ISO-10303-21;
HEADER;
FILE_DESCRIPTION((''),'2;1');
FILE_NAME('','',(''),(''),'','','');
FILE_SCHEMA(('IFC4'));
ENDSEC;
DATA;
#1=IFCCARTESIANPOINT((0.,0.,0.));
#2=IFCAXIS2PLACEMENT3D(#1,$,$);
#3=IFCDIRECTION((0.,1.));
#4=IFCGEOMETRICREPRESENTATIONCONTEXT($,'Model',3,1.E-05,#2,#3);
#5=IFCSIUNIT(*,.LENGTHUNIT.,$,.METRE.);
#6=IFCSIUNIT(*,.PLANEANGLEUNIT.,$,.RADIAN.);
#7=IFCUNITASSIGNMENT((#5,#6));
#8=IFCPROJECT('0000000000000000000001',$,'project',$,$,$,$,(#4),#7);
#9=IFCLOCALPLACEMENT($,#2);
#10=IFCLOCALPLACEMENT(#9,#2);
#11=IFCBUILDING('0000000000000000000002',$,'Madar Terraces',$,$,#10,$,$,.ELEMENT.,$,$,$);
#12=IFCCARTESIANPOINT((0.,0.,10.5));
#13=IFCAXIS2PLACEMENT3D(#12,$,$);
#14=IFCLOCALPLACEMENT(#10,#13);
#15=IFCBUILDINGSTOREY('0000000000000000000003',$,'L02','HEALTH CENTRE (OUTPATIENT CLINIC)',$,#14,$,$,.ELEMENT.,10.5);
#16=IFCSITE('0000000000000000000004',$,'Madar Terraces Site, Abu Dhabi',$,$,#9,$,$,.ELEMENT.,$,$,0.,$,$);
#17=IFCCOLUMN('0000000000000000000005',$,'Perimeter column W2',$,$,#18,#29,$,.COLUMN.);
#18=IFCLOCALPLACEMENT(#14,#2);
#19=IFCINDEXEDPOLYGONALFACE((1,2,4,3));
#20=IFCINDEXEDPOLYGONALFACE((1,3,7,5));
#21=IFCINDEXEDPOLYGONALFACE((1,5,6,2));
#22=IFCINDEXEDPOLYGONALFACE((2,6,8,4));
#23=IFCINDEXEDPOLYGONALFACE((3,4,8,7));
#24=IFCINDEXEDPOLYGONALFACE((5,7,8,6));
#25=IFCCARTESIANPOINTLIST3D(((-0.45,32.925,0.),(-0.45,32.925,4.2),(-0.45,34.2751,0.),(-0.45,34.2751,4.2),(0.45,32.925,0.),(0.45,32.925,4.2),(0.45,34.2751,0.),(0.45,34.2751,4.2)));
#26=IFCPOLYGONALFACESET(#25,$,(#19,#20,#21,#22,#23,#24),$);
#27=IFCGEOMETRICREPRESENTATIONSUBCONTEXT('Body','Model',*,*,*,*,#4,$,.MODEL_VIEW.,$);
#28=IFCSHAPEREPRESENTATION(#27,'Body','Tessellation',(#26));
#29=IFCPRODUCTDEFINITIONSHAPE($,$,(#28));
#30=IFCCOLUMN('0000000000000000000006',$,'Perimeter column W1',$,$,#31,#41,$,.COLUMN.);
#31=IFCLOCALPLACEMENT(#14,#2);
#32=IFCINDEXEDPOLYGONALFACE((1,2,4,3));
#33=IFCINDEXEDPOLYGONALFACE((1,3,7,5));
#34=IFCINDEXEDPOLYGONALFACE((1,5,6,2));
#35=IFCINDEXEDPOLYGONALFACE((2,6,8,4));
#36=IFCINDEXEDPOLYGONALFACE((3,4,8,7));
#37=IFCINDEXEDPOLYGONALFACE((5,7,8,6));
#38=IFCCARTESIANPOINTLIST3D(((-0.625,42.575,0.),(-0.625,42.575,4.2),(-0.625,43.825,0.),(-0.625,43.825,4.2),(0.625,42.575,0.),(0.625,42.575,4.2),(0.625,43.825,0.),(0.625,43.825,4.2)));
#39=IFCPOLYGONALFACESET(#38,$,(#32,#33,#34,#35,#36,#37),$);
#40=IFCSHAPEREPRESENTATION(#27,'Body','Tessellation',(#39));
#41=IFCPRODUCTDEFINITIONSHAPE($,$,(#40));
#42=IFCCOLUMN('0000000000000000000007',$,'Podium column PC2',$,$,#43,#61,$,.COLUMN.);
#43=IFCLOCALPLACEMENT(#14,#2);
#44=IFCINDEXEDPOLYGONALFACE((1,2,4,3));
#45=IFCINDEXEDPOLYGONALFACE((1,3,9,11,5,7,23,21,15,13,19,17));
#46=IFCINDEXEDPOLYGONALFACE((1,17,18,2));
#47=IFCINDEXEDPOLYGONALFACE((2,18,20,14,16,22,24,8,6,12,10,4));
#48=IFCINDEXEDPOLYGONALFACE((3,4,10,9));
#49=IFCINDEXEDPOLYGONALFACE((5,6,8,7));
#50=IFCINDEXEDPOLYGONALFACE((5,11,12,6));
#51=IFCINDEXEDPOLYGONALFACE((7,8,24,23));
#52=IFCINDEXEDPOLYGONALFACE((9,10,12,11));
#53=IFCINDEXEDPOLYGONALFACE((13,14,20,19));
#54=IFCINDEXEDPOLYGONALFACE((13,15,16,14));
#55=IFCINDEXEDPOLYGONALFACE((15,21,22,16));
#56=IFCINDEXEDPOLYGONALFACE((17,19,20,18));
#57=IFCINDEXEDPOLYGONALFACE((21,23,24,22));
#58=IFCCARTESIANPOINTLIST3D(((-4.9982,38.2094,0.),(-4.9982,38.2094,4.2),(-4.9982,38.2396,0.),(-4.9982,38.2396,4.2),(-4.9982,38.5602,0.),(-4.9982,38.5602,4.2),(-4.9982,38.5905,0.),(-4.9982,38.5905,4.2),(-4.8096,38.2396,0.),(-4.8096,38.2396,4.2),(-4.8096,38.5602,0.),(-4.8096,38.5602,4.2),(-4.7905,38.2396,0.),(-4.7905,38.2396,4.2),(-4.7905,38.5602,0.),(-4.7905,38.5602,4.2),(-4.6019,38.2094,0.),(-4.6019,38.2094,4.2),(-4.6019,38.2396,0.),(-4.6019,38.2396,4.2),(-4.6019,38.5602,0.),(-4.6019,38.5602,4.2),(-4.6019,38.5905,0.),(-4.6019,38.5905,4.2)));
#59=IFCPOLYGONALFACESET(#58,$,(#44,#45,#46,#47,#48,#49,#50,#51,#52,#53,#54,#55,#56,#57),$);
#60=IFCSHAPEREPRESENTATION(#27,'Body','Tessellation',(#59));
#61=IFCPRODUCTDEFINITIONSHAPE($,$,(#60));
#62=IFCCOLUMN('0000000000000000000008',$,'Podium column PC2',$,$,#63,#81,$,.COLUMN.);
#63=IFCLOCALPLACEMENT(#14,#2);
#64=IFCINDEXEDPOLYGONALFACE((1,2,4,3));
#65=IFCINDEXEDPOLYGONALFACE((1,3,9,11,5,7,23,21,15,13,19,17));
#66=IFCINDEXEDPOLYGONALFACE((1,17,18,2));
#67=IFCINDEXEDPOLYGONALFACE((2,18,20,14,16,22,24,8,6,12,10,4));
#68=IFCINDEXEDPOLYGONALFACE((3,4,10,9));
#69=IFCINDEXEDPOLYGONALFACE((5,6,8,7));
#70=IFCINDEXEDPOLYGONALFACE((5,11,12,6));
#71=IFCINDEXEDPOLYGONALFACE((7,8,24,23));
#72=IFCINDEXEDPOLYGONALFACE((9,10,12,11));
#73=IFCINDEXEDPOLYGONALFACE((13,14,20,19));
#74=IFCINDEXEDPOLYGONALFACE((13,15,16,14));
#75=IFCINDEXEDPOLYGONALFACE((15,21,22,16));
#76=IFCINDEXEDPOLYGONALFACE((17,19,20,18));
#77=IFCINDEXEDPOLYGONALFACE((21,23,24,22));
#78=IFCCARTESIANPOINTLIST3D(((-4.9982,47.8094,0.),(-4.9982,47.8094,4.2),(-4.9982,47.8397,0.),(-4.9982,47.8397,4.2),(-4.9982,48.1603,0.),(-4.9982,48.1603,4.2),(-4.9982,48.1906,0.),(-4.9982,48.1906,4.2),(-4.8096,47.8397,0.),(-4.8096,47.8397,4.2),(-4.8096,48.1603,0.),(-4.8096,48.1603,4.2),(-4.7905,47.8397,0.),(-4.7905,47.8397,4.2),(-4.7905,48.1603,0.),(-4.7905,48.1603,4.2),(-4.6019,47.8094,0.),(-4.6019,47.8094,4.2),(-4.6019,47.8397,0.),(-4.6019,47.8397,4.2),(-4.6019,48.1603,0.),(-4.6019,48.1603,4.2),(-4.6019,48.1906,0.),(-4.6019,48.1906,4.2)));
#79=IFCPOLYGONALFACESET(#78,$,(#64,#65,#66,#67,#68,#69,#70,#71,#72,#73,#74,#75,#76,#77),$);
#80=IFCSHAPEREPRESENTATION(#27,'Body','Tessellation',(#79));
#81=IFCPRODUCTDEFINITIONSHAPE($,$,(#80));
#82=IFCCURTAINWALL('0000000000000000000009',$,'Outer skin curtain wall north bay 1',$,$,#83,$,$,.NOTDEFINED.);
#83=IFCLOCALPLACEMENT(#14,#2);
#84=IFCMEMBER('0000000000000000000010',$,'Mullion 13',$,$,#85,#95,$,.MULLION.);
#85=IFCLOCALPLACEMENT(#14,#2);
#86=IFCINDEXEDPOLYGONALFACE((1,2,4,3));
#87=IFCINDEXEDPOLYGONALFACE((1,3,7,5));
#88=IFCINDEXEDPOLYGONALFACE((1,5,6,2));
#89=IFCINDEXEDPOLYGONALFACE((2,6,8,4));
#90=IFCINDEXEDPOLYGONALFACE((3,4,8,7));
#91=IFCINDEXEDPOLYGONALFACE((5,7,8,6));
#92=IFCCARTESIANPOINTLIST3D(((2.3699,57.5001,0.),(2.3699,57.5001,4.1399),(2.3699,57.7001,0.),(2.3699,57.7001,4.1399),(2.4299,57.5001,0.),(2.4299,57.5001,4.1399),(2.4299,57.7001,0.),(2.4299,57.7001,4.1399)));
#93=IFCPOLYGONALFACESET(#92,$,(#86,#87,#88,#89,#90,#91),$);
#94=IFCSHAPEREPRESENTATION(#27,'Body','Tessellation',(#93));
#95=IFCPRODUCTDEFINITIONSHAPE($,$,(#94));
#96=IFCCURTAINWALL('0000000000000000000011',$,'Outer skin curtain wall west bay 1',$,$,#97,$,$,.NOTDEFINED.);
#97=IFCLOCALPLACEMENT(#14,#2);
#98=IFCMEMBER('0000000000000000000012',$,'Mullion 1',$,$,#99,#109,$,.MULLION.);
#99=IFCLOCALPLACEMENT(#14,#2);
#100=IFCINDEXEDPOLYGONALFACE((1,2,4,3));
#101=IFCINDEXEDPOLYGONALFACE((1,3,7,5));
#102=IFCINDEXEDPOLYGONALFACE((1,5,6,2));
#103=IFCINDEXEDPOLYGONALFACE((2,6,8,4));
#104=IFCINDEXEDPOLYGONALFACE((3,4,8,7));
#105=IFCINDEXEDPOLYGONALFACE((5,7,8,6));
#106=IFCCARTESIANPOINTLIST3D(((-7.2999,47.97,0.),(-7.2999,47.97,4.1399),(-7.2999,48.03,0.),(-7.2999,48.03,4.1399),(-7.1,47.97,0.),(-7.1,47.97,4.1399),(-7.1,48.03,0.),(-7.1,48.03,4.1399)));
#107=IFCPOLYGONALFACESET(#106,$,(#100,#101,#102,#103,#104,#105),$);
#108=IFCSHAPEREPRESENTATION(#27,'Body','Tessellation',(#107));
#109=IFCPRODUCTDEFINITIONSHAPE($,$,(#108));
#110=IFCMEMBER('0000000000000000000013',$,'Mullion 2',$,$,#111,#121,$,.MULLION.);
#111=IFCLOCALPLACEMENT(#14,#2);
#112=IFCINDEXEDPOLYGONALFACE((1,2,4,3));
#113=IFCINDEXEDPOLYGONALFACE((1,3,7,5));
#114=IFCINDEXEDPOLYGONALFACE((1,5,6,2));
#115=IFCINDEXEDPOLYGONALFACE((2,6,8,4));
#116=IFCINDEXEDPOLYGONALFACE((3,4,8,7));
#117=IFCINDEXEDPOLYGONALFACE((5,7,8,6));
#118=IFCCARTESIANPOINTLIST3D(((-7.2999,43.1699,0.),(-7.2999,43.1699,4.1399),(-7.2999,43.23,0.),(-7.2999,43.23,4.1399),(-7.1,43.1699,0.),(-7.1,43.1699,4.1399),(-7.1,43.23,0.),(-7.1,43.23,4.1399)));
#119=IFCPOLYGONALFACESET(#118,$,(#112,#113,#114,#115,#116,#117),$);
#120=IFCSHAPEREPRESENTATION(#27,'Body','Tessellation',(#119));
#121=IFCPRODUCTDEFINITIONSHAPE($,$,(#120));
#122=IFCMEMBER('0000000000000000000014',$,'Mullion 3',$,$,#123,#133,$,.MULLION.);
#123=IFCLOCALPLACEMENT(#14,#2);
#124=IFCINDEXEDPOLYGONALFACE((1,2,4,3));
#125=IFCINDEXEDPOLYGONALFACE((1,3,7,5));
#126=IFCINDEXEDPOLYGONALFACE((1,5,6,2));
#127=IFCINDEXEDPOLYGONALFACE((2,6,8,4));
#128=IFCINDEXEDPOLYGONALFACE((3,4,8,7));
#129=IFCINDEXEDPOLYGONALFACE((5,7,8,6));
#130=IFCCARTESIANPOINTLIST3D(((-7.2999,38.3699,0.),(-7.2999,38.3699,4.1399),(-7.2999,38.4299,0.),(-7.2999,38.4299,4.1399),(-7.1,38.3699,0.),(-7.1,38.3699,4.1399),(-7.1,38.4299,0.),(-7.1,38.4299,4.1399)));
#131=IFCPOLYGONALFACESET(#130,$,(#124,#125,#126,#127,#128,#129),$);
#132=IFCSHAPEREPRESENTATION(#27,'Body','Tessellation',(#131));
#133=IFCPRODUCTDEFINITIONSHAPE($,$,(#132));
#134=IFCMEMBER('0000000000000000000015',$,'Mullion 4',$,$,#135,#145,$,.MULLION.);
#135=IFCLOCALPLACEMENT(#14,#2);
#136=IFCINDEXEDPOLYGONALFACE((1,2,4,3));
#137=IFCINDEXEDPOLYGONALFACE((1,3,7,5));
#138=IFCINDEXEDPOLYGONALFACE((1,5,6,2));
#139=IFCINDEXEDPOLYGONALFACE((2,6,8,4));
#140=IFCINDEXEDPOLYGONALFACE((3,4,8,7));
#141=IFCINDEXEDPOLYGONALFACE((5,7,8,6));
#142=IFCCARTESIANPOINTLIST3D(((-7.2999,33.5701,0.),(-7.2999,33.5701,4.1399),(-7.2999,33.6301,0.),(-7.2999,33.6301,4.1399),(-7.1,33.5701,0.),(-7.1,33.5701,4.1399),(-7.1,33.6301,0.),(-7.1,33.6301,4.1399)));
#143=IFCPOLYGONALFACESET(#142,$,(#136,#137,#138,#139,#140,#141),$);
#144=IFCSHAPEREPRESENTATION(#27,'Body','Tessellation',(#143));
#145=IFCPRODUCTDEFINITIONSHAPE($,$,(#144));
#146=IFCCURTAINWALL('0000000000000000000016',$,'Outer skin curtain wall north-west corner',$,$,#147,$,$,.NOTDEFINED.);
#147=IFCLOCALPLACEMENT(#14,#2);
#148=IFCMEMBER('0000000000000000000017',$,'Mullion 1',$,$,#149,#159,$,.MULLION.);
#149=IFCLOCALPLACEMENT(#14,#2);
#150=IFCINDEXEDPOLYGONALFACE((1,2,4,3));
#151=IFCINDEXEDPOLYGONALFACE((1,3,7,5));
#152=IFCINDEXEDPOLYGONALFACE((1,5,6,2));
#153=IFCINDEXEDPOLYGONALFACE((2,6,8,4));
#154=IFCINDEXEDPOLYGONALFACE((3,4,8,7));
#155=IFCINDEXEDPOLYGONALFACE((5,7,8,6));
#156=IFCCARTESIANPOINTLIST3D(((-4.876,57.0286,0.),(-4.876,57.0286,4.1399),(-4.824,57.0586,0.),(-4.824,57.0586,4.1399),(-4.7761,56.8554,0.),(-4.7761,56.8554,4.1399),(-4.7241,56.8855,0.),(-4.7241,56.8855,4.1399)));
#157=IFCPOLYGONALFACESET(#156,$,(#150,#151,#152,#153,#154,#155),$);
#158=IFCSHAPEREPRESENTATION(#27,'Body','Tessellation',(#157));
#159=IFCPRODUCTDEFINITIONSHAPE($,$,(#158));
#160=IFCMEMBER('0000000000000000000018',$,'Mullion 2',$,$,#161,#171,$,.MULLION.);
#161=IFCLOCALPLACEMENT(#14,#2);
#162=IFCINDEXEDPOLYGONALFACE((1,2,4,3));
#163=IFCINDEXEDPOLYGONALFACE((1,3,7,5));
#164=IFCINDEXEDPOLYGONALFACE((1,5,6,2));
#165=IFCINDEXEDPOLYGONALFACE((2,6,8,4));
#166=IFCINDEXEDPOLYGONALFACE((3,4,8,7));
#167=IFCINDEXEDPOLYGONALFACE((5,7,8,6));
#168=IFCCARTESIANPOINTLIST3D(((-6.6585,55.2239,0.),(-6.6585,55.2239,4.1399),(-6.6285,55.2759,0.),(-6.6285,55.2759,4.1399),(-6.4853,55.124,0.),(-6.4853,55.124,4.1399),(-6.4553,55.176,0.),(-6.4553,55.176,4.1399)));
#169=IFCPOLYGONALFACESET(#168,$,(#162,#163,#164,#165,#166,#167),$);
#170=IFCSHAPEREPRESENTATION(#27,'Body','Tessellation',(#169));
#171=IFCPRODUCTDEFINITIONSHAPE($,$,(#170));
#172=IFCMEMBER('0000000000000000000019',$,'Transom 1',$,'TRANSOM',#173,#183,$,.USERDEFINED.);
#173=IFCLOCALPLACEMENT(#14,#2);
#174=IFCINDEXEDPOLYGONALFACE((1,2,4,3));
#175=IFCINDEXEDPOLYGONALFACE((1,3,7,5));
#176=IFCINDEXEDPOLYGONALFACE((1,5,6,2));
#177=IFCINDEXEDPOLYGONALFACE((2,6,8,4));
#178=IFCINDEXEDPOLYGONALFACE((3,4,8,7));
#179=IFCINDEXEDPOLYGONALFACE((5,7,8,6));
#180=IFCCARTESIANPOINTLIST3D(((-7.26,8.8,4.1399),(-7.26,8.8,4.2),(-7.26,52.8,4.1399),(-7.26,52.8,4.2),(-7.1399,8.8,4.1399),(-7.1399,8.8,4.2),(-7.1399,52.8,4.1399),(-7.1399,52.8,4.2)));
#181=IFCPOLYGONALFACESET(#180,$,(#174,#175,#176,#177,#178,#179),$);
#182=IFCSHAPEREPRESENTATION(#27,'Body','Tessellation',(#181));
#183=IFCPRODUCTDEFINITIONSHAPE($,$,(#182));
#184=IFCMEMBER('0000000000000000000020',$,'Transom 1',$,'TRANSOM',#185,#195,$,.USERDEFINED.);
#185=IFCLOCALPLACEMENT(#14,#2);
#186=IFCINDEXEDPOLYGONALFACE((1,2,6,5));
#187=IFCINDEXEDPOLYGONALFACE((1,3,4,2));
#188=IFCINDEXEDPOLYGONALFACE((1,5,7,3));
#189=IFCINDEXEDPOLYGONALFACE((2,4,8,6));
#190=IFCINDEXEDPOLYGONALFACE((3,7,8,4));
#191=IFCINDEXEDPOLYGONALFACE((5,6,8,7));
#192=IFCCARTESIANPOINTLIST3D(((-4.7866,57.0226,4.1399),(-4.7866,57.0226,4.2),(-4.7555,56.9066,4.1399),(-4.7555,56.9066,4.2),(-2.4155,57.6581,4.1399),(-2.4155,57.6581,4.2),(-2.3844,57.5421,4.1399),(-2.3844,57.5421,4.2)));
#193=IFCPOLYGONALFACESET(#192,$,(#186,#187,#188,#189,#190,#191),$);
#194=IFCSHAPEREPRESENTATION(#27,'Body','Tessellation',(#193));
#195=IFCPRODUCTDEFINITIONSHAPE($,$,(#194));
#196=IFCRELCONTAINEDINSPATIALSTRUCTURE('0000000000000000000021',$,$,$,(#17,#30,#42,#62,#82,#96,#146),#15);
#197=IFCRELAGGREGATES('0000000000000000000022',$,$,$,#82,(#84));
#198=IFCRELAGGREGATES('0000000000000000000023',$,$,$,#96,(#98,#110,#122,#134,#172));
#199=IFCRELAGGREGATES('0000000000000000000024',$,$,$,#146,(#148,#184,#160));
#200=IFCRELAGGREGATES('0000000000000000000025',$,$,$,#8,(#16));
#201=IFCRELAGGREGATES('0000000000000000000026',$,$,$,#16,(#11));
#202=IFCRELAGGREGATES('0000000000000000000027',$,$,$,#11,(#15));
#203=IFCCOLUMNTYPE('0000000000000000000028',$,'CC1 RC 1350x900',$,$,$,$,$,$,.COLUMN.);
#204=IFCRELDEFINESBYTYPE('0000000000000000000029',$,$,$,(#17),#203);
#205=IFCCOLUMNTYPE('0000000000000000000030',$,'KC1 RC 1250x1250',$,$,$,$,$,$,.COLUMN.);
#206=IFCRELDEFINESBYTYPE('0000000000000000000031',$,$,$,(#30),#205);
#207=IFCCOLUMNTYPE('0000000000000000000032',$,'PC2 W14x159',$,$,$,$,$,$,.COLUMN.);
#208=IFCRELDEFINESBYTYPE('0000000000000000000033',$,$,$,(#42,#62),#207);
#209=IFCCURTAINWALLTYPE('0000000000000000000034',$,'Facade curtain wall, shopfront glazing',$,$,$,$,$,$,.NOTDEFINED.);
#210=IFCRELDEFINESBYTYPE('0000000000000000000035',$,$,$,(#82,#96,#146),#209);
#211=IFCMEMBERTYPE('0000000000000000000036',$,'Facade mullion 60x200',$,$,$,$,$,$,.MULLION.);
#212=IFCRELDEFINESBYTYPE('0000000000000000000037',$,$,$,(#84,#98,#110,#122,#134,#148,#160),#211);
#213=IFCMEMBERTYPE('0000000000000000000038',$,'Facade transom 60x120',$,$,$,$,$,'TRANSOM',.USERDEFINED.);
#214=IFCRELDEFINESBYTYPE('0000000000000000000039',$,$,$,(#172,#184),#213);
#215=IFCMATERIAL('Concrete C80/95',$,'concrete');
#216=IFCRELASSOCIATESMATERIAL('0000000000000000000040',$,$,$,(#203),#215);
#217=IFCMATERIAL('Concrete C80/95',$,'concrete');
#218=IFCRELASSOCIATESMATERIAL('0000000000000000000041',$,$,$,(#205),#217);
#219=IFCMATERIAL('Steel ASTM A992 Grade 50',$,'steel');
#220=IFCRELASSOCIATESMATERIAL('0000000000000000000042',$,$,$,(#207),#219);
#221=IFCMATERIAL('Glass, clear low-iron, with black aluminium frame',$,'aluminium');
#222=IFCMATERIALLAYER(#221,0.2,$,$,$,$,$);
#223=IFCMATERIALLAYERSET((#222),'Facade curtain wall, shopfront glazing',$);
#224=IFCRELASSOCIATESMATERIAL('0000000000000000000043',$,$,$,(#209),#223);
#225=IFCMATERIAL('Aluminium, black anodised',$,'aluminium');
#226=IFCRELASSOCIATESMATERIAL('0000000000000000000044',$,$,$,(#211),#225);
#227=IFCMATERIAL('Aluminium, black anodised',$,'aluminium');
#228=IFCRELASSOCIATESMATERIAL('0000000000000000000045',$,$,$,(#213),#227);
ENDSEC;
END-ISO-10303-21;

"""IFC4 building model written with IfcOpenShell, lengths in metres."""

from ifc_helpers import new_model, si_unit, direction, frame, origin, origin_2d, place, context, subcontext, project, spatial, rectangle, i_section, extrude, material, layer, layer_set, material_profile, profile_set, type_object, element, aggregate, save


model = new_model("IFC4")

# Units and contexts
model_context = context("Model", 3, precision=1e-05, world=origin(), true_north=direction((0.0, 1.0)))
body_context = subcontext(model_context, "Body", "Model", "MODEL_VIEW")
ifc_project = project(units=[si_unit("LENGTHUNIT", "METRE"), si_unit("PLANEANGLEUNIT", "RADIAN")], contexts=[model_context])

# Site, building, storey
site_placement = place(None, origin())
site = spatial("IfcSite", under=ifc_project, at=site_placement, Name="Madar Terraces Site, Abu Dhabi", CompositionType="ELEMENT", RefElevation=0.0)
building_placement = place(site_placement, origin())
building = spatial("IfcBuilding", under=site, at=building_placement, Name="Madar Terraces", CompositionType="ELEMENT")
storey_placement = place(building_placement, frame((0.0, 0.0, 10.5)))
storey = spatial("IfcBuildingStorey", under=building, at=storey_placement, Name="L02", Description="HEALTH CENTRE (OUTPATIENT CLINIC)", CompositionType="ELEMENT", Elevation=10.5)

# Columns
ifc_material_1 = material(Name="Concrete C80/95", Category="concrete")
ifc_material_profile_1 = material_profile(ifc_material_1, rectangle(XDim=1.3501, YDim=0.8999, at=origin_2d()), Name="CC1 RC 1350x900")
ifc_profile_set_1 = profile_set([ifc_material_profile_1], Name="Concrete C80/95")
column_type_1 = type_object("IfcColumnType", Name="CC1 RC 1350x900", PredefinedType="COLUMN", material=ifc_profile_set_1)
column_1_placement = place(storey_placement, frame((0.0, 33.6001, 0.0), z_axis=(0.0, 0.0, 1.0), x_axis=(0.0, 1.0, 0.0)))
element("IfcColumn", 1, at=column_1_placement, inside=storey, type_object=column_type_1, Name="Perimeter column W2", PredefinedType="COLUMN", context=body_context, shape_type="SweptSolid", body=[
    extrude(rectangle(XDim=1.3501, YDim=0.8999, at=origin_2d()), origin(), (0.0, 0.0, 1.0), 4.2),
])
ifc_material_2 = material(Name="Concrete C80/95", Category="concrete")
ifc_material_profile_2 = material_profile(ifc_material_2, rectangle(XDim=1.25, YDim=1.25, at=origin_2d()), Name="KC1 RC 1250x1250")
ifc_profile_set_2 = profile_set([ifc_material_profile_2], Name="Concrete C80/95")
column_type_2 = type_object("IfcColumnType", Name="KC1 RC 1250x1250", PredefinedType="COLUMN", material=ifc_profile_set_2)
column_2_placement = place(storey_placement, frame((0.0, 43.2, 0.0), z_axis=(0.0, 0.0, 1.0), x_axis=(1.0, 0.0, 0.0)))
element("IfcColumn", 2, at=column_2_placement, inside=storey, type_object=column_type_2, Name="Perimeter column W1", PredefinedType="COLUMN", context=body_context, shape_type="SweptSolid", body=[
    extrude(rectangle(XDim=1.25, YDim=1.25, at=origin_2d()), origin(), (0.0, 0.0, 1.0), 4.2),
])
ifc_material_3 = material(Name="Steel ASTM A992 Grade 50", Category="steel")
ifc_material_profile_3 = material_profile(ifc_material_3, i_section(OverallWidth=0.3962, OverallDepth=0.3811, WebThickness=0.019, FlangeThickness=0.0303, at=origin_2d()), Name="W14x159")
ifc_profile_set_3 = profile_set([ifc_material_profile_3], Name="Steel ASTM A992 Grade 50")
column_type_3 = type_object("IfcColumnType", Name="PC2 W14x159", PredefinedType="COLUMN", material=ifc_profile_set_3)
for number, where, z_axis, x_axis, name in (
    (3, (-4.8, 38.3999, 0.0), (0.0, 0.0, 1.0), (1.0, 0.0, 0.0), "Podium column PC2"),
    (4, (-4.8, 48.0, 0.0), (0.0, 0.0, 1.0), (1.0, 0.0, 0.0), "Podium column PC2"),
):
    element("IfcColumn", number, at=place(storey_placement, frame(where, z_axis=z_axis, x_axis=x_axis)), inside=storey, type_object=column_type_3, Name=name, PredefinedType="COLUMN", context=body_context, shape_type="SweptSolid", body=[
        extrude(i_section(OverallWidth=0.3962, OverallDepth=0.3811, WebThickness=0.019, FlangeThickness=0.0303, at=origin_2d()), origin(), (0.0, 0.0, 1.0), 4.2),
    ])

# Curtain wall, member
ifc_material_4 = material(Name="Glass, clear low-iron, with black aluminium frame", Category="aluminium")
ifc_layer_1 = layer(ifc_material_4, 0.2)
ifc_layer_set_1 = layer_set([ifc_layer_1], Name="Facade curtain wall, shopfront glazing")
curtain_wall_type = type_object("IfcCurtainWallType", Name="Facade curtain wall, shopfront glazing", PredefinedType="NOTDEFINED", material=ifc_layer_set_1)
curtain_wall_1_placement = place(storey_placement, origin())
curtain_wall_1 = element("IfcCurtainWall", 5, at=curtain_wall_1_placement, inside=storey, type_object=curtain_wall_type, Name="Outer skin curtain wall north bay 1", PredefinedType="NOTDEFINED")
ifc_material_5 = material(Name="Aluminium, black anodised", Category="aluminium")
ifc_material_profile_4 = material_profile(ifc_material_5, rectangle(XDim=0.2, YDim=0.0601, at=origin_2d()), Name="Facade mullion 60x200")
ifc_profile_set_4 = profile_set([ifc_material_profile_4], Name="Aluminium, black anodised")
member_type_1 = type_object("IfcMemberType", Name="Facade mullion 60x200", PredefinedType="MULLION", material=ifc_profile_set_4)
member_1_placement = place(storey_placement, frame((2.3999, 57.6001, 0.0), z_axis=(0.0, 0.0, 1.0), x_axis=(0.0, -1.0, 0.0)))
member_1 = element("IfcMember", 6, at=member_1_placement, type_object=member_type_1, Name="Mullion 13", PredefinedType="MULLION", context=body_context, shape_type="SweptSolid", body=[
    extrude(rectangle(XDim=0.2, YDim=0.0601, at=origin_2d()), origin(), (0.0, 0.0, 1.0), 4.1399),
])

# Curtain walls, members
curtain_wall_2_placement = place(storey_placement, origin())
curtain_wall_2 = element("IfcCurtainWall", 7, at=curtain_wall_2_placement, inside=storey, type_object=curtain_wall_type, Name="Outer skin curtain wall west bay 1", PredefinedType="NOTDEFINED")
member_2_placement = place(storey_placement, frame((-7.2, 48.0, 0.0), z_axis=(0.0, 0.0, 1.0), x_axis=(1.0, 0.0, 0.0)))
member_2 = element("IfcMember", 8, at=member_2_placement, type_object=member_type_1, Name="Mullion 1", PredefinedType="MULLION", context=body_context, shape_type="SweptSolid", body=[
    extrude(rectangle(XDim=0.2, YDim=0.0601, at=origin_2d()), origin(), (0.0, 0.0, 1.0), 4.1399),
])
member_3_placement = place(storey_placement, frame((-7.2, 43.2, 0.0), z_axis=(0.0, 0.0, 1.0), x_axis=(1.0, 0.0, 0.0)))
member_3 = element("IfcMember", 9, at=member_3_placement, type_object=member_type_1, Name="Mullion 2", PredefinedType="MULLION", context=body_context, shape_type="SweptSolid", body=[
    extrude(rectangle(XDim=0.2, YDim=0.0601, at=origin_2d()), origin(), (0.0, 0.0, 1.0), 4.1399),
])
member_4_placement = place(storey_placement, frame((-7.2, 38.3999, 0.0), z_axis=(0.0, 0.0, 1.0), x_axis=(1.0, 0.0, 0.0)))
member_4 = element("IfcMember", 10, at=member_4_placement, type_object=member_type_1, Name="Mullion 3", PredefinedType="MULLION", context=body_context, shape_type="SweptSolid", body=[
    extrude(rectangle(XDim=0.2, YDim=0.0601, at=origin_2d()), origin(), (0.0, 0.0, 1.0), 4.1399),
])
member_5_placement = place(storey_placement, frame((-7.2, 33.6001, 0.0), z_axis=(0.0, 0.0, 1.0), x_axis=(1.0, 0.0, 0.0)))
member_5 = element("IfcMember", 11, at=member_5_placement, type_object=member_type_1, Name="Mullion 4", PredefinedType="MULLION", context=body_context, shape_type="SweptSolid", body=[
    extrude(rectangle(XDim=0.2, YDim=0.0601, at=origin_2d()), origin(), (0.0, 0.0, 1.0), 4.1399),
])
curtain_wall_3_placement = place(storey_placement, origin())
curtain_wall_3 = element("IfcCurtainWall", 12, at=curtain_wall_3_placement, inside=storey, type_object=curtain_wall_type, Name="Outer skin curtain wall north-west corner", PredefinedType="NOTDEFINED")
member_6_placement = place(storey_placement, frame((-4.8, 56.957, 0.0), z_axis=(0.0, 0.0, 1.0), x_axis=(0.5, -0.866025, 0.0)))
member_6 = element("IfcMember", 13, at=member_6_placement, type_object=member_type_1, Name="Mullion 1", PredefinedType="MULLION", context=body_context, shape_type="SweptSolid", body=[
    extrude(rectangle(XDim=0.2, YDim=0.0601, at=origin_2d()), origin(), (0.0, 0.0, 1.0), 4.1399),
])
member_7_placement = place(storey_placement, frame((-6.5569, 55.2, 0.0), z_axis=(0.0, 0.0, 1.0), x_axis=(0.866025, -0.5, 0.0)))
member_7 = element("IfcMember", 14, at=member_7_placement, type_object=member_type_1, Name="Mullion 2", PredefinedType="MULLION", context=body_context, shape_type="SweptSolid", body=[
    extrude(rectangle(XDim=0.2, YDim=0.0601, at=origin_2d()), origin(), (0.0, 0.0, 1.0), 4.1399),
])

# Members
ifc_material_6 = material(Name="Aluminium, black anodised", Category="aluminium")
ifc_material_profile_5 = material_profile(ifc_material_6, rectangle(XDim=0.1201, YDim=0.0601, at=origin_2d()), Name="Facade transom 60x120")
ifc_profile_set_5 = profile_set([ifc_material_profile_5], Name="Aluminium, black anodised")
member_type_2 = type_object("IfcMemberType", Name="Facade transom 60x120", ElementType="TRANSOM", PredefinedType="USERDEFINED", material=ifc_profile_set_5)
member_8_placement = place(storey_placement, frame((-7.2, 52.8, 4.1699), z_axis=(0.0, -1.0, 0.0), x_axis=(1.0, 0.0, 0.0)))
member_8 = element("IfcMember", 15, at=member_8_placement, type_object=member_type_2, Name="Transom 1", ObjectType="TRANSOM", PredefinedType="USERDEFINED", context=body_context, shape_type="SweptSolid", body=[
    extrude(rectangle(XDim=0.1201, YDim=0.0601, at=origin_2d()), origin(), (0.0, 0.0, 1.0), 44.0),
])
member_9_placement = place(storey_placement, frame((-2.3999, 57.6001, 4.1699), z_axis=(-0.965909, -0.258882, 0.0), x_axis=(0.258882, -0.965909, 0.0)))
member_9 = element("IfcMember", 16, at=member_9_placement, type_object=member_type_2, Name="Transom 1", ObjectType="TRANSOM", PredefinedType="USERDEFINED", context=body_context, shape_type="SweptSolid", body=[
    extrude(rectangle(XDim=0.1201, YDim=0.0601, at=origin_2d()), origin(), (0.0, 0.0, 1.0), 2.4548),
])

aggregate(curtain_wall_1, [member_1])
aggregate(curtain_wall_2, [member_2, member_3, member_4, member_5, member_8])
aggregate(curtain_wall_3, [member_6, member_9, member_7])

save(model, "model.ifc")
